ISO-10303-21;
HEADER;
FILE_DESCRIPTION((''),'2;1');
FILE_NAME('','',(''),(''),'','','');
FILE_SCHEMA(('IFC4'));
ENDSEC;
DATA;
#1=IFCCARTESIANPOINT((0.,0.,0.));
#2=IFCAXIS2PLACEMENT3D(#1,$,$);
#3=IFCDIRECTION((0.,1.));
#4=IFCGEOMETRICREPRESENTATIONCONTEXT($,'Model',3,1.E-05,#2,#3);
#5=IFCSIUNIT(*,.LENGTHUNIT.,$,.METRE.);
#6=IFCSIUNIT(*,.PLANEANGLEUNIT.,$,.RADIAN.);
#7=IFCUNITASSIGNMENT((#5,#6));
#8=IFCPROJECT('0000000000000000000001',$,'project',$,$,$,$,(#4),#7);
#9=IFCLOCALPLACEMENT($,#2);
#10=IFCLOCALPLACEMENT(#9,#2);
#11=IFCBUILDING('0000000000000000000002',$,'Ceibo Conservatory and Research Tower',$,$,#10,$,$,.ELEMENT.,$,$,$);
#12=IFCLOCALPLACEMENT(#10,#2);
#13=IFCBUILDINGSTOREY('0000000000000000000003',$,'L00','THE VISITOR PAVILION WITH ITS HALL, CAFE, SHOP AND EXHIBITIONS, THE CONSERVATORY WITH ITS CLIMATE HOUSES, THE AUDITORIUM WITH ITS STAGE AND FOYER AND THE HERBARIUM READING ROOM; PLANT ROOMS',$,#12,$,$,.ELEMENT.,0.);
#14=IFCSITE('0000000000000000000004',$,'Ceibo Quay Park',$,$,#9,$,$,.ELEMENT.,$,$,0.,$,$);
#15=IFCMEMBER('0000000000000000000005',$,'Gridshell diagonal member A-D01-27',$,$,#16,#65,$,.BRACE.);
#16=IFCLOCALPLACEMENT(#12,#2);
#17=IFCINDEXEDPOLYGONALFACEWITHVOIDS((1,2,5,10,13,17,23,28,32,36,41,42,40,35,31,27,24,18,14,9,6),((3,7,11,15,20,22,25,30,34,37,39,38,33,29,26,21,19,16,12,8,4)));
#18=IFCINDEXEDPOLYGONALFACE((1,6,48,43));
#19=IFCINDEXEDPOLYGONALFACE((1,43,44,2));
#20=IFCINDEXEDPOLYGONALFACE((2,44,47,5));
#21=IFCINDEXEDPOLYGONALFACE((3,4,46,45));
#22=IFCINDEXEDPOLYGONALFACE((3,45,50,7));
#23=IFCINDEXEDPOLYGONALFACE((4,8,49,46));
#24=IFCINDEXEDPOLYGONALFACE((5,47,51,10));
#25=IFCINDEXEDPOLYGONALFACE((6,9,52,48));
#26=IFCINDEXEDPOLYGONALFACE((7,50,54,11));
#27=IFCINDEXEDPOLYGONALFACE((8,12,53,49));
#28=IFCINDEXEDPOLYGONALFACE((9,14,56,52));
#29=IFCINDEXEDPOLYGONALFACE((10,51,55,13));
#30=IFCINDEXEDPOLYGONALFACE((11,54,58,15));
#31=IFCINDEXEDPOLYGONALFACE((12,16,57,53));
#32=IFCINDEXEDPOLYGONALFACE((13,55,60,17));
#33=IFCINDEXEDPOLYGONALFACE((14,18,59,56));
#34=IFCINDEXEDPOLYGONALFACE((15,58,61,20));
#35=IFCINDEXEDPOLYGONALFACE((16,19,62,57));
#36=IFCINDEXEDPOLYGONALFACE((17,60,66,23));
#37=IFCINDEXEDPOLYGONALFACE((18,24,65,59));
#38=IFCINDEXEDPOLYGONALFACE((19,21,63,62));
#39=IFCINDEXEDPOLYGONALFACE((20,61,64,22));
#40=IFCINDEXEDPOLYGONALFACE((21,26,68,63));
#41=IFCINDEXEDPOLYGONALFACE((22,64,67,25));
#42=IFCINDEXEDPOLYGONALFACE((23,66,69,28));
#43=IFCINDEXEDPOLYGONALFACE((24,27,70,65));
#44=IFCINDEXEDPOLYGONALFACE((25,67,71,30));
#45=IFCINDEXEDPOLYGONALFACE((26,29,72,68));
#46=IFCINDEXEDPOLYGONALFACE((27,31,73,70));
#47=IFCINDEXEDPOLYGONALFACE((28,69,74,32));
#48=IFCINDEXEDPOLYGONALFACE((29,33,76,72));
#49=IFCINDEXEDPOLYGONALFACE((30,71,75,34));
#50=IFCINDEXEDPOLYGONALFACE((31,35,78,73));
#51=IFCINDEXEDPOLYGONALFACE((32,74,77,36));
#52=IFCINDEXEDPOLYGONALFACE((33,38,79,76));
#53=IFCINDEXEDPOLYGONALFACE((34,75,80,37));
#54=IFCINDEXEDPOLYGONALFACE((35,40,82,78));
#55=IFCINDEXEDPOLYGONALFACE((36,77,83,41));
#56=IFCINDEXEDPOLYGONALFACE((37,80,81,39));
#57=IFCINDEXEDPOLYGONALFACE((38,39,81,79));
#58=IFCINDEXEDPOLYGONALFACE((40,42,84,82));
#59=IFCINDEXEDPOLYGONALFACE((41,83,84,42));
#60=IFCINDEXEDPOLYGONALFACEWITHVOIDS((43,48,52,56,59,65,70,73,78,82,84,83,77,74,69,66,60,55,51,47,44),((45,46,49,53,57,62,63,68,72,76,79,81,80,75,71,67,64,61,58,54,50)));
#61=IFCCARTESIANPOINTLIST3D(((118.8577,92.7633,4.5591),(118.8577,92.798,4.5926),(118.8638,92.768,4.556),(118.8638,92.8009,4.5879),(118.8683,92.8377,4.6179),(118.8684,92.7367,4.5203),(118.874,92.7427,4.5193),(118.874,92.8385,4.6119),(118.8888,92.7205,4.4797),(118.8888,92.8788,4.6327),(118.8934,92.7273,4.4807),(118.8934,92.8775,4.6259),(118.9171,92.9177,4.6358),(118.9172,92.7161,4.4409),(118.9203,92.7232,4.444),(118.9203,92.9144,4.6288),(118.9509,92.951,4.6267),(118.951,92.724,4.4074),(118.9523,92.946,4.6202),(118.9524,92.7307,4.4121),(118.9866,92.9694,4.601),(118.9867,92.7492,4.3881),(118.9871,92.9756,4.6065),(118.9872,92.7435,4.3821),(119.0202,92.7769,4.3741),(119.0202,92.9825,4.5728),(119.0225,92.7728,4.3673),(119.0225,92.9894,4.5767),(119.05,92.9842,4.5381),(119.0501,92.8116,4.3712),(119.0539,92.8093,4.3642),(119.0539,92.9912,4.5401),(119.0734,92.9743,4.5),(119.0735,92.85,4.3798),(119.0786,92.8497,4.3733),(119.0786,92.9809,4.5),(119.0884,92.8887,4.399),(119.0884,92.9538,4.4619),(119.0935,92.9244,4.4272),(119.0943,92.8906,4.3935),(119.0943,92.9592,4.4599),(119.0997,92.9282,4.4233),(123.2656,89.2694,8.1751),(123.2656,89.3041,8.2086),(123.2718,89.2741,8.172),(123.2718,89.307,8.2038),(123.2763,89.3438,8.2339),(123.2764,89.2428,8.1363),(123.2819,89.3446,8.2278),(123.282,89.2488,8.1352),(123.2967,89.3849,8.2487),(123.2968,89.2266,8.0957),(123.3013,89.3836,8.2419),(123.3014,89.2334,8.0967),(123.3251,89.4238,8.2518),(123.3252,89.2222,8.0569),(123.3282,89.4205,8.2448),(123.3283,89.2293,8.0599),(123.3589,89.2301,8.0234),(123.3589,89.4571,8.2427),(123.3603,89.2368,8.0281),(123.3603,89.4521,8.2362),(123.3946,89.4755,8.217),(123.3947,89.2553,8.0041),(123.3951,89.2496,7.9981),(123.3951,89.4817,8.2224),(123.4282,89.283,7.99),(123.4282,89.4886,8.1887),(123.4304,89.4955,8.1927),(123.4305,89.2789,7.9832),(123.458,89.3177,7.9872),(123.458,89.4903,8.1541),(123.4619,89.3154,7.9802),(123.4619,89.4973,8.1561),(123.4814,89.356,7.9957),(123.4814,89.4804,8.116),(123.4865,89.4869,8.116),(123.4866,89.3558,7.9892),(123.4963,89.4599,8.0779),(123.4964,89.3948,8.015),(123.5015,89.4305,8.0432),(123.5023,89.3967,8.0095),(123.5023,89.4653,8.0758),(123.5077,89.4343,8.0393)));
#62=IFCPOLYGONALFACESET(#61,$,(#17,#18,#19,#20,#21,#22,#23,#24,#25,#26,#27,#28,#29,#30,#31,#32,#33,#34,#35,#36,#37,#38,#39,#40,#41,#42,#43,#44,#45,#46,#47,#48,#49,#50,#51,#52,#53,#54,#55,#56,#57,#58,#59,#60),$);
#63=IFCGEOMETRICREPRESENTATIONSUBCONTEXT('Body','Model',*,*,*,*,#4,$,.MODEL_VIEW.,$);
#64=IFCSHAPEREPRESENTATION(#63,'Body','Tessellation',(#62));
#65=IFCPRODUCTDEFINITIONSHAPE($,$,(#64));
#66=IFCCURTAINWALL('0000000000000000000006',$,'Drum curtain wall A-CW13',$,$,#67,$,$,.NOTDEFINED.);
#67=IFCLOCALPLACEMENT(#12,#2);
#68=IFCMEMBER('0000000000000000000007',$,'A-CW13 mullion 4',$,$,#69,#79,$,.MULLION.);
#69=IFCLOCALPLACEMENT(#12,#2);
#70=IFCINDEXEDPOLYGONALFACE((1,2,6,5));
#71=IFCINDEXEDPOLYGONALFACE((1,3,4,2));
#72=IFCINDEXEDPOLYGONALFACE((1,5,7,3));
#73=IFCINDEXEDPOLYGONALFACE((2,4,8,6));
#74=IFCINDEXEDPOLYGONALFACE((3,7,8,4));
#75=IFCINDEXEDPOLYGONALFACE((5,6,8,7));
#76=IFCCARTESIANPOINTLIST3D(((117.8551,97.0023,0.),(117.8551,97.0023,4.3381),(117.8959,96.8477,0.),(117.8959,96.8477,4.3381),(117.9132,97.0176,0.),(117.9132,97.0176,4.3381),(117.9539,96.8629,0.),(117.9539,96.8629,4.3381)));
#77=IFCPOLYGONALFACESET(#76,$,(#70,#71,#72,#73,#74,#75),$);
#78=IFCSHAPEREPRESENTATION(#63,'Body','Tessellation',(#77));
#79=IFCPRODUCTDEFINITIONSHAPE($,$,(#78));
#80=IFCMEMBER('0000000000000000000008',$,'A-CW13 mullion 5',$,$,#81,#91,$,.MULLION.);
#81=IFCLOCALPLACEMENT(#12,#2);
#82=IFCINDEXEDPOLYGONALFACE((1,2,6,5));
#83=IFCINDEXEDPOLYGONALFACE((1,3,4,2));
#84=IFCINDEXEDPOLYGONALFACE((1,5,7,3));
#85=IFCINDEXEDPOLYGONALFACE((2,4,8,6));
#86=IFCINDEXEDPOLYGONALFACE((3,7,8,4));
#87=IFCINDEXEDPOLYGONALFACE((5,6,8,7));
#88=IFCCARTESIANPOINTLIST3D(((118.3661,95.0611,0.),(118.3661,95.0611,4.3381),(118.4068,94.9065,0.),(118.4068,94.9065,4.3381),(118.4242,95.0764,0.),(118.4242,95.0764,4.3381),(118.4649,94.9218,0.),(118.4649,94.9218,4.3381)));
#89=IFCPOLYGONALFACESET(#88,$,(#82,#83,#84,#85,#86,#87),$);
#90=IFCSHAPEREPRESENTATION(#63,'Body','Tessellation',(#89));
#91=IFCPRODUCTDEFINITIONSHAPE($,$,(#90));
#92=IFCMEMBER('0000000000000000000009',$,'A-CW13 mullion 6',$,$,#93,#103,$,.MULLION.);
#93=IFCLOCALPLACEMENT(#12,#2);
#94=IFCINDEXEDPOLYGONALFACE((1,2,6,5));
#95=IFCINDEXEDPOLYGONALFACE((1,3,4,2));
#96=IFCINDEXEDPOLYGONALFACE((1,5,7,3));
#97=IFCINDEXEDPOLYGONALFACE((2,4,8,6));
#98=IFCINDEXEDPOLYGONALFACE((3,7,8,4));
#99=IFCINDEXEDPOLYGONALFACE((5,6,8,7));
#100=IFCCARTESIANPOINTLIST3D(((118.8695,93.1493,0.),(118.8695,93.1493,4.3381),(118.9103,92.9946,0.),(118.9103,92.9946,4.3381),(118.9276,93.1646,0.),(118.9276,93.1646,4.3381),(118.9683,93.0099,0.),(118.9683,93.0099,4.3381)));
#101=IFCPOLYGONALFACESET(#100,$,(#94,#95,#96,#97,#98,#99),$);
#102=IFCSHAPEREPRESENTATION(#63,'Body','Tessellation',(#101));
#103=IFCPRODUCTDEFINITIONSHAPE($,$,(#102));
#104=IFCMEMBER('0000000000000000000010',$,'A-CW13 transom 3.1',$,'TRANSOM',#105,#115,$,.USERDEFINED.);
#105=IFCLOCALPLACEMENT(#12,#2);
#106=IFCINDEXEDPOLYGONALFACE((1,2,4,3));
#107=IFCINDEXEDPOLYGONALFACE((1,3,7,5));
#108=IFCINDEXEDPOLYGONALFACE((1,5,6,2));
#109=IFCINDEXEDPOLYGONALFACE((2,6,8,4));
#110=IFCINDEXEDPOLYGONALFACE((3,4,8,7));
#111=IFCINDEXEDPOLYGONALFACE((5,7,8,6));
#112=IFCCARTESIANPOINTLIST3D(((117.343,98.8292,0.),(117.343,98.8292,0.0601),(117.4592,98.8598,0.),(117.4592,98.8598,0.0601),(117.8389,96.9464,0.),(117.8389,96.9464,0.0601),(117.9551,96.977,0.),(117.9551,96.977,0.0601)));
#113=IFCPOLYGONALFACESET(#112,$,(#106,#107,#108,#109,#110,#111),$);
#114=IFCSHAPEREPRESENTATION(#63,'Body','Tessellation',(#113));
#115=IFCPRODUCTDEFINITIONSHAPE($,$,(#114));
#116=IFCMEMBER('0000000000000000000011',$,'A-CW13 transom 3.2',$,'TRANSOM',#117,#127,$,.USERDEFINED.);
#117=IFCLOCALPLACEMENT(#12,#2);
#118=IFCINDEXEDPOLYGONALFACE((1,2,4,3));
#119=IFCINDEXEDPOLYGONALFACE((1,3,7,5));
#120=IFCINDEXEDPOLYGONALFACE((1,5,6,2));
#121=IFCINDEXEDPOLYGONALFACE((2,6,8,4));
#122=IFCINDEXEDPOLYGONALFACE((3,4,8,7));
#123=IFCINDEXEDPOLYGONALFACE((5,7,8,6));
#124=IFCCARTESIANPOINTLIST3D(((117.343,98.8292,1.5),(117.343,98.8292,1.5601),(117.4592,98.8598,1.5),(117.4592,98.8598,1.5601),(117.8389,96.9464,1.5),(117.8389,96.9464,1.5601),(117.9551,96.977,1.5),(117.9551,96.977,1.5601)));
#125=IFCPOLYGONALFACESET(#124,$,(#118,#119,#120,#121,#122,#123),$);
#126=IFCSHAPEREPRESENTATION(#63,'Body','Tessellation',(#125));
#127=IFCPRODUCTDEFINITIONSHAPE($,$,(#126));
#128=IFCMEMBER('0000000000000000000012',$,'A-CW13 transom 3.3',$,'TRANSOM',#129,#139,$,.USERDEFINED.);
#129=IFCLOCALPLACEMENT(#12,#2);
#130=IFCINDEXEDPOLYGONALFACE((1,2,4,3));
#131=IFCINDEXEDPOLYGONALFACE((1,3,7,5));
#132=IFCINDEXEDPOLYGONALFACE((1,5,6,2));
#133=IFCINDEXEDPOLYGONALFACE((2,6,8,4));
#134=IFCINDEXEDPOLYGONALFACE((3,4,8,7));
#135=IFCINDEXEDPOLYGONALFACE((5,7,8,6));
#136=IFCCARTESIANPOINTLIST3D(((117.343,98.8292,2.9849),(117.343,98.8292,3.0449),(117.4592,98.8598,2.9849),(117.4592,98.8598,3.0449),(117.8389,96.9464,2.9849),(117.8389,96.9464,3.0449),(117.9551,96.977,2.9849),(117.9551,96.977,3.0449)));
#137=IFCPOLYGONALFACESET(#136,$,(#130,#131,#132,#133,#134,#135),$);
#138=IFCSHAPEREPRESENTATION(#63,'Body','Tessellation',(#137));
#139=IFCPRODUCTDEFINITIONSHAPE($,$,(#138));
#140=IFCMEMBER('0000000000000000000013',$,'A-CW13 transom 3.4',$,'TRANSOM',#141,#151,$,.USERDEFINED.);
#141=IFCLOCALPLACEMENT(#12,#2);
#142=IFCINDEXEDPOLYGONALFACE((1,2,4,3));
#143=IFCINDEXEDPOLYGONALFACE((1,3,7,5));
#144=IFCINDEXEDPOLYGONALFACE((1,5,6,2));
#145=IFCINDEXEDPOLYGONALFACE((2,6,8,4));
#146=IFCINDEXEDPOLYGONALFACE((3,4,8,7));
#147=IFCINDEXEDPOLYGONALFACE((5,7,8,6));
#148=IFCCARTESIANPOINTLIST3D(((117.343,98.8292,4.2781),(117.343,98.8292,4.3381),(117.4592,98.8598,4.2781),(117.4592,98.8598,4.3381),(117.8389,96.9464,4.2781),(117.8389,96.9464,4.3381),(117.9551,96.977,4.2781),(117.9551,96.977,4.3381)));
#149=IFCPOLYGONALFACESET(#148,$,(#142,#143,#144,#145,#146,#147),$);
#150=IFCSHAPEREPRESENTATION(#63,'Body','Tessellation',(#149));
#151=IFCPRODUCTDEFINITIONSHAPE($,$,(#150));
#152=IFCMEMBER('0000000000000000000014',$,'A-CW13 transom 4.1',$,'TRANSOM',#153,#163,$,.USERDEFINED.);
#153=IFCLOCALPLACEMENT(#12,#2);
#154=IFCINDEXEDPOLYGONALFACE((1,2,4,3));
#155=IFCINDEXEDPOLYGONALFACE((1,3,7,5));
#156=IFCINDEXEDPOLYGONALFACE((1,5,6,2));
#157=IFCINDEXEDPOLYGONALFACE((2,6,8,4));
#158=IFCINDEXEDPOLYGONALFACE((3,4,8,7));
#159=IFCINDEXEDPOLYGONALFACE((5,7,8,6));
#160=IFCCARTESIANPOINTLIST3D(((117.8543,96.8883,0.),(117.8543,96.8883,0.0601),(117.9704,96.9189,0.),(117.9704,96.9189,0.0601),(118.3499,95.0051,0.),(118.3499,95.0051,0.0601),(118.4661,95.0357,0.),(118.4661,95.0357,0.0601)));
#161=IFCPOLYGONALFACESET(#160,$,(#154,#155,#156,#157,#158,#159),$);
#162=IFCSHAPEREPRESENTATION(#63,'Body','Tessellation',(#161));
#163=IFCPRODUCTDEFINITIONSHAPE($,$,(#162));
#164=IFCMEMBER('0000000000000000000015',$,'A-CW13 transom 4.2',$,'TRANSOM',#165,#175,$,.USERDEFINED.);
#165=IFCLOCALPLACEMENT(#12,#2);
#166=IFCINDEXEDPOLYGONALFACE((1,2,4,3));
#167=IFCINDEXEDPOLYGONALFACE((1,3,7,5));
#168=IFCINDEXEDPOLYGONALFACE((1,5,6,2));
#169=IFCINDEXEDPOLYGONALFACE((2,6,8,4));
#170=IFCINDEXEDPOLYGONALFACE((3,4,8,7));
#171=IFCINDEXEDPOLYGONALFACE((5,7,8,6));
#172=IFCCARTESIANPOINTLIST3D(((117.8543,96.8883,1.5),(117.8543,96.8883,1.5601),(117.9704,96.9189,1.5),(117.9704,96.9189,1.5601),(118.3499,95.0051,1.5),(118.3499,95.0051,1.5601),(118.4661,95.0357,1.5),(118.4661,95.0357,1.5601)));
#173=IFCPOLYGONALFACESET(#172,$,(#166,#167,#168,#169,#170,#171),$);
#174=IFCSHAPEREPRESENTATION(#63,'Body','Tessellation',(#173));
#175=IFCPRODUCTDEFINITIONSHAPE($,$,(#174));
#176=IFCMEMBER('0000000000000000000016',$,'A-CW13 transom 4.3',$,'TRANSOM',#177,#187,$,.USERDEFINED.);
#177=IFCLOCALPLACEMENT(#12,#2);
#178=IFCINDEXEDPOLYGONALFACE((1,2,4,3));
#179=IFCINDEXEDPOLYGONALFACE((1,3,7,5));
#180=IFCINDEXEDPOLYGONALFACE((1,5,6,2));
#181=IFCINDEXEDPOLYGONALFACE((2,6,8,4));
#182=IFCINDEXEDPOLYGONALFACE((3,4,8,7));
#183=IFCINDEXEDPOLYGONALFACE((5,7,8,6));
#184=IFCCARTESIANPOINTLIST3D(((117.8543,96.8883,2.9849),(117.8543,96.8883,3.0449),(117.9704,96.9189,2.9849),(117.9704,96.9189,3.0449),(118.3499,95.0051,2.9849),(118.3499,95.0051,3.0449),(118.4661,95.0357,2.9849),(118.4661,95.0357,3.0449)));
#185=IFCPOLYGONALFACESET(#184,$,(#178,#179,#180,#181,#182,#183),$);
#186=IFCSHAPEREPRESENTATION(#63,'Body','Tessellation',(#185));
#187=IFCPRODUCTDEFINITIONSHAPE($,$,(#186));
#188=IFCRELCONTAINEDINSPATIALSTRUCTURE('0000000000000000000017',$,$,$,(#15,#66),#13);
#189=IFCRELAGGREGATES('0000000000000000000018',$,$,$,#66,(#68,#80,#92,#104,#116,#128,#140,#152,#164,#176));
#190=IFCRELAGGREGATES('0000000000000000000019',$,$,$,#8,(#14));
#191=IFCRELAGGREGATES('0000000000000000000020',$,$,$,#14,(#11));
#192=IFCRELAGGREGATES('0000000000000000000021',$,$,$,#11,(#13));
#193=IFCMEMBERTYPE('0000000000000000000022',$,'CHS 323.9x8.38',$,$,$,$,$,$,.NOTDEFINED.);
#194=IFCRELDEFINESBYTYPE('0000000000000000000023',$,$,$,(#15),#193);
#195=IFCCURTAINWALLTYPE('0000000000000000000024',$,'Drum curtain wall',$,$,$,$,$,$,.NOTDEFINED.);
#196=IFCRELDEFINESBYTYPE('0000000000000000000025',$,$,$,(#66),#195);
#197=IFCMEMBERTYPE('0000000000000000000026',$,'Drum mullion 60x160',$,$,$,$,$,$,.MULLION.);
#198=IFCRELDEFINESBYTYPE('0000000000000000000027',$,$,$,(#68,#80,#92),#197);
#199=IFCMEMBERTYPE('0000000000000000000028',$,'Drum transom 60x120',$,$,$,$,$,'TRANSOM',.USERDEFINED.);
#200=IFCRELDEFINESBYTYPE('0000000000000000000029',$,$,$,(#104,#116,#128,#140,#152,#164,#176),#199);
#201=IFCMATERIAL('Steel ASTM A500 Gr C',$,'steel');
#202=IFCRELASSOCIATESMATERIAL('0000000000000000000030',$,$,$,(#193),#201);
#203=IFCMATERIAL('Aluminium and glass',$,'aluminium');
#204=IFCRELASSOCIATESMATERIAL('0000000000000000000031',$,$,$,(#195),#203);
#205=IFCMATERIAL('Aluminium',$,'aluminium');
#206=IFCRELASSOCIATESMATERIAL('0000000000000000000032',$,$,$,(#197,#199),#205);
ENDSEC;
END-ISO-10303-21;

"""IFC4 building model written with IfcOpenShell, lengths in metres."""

from ifc_helpers import new_model, si_unit, direction, frame, origin, origin_2d, place, context, subcontext, project, spatial, rectangle, hollow_circle, extrude, material, material_profile, profile_set, type_object, element, aggregate, save


model = new_model("IFC4")

# Units and contexts
model_context = context("Model", 3, precision=1e-05, world=origin(), true_north=direction((0.0, 1.0)))
body_context = subcontext(model_context, "Body", "Model", "MODEL_VIEW")
ifc_project = project(units=[si_unit("LENGTHUNIT", "METRE"), si_unit("PLANEANGLEUNIT", "RADIAN")], contexts=[model_context])

# Site, building, storey
site_placement = place(None, origin())
site = spatial("IfcSite", under=ifc_project, at=site_placement, Name="Ceibo Quay Park", CompositionType="ELEMENT", RefElevation=0.0)
building_placement = place(site_placement, origin())
building = spatial("IfcBuilding", under=site, at=building_placement, Name="Ceibo Conservatory and Research Tower", CompositionType="ELEMENT")
storey_placement = place(building_placement, origin())
storey = spatial("IfcBuildingStorey", under=building, at=storey_placement, Name="L00", Description="THE VISITOR PAVILION WITH ITS HALL, CAFE, SHOP AND EXHIBITIONS, THE CONSERVATORY WITH ITS CLIMATE HOUSES, THE AUDITORIUM WITH ITS STAGE AND FOYER AND THE HERBARIUM READING ROOM; PLANT ROOMS", CompositionType="ELEMENT", Elevation=0.0)

# Shared definitions
ifc_material_1 = material(Name="Steel ASTM A500 Gr C", Category="steel")

# Member
ifc_material_profile_1 = material_profile(ifc_material_1, hollow_circle(Radius=0.1619, WallThickness=0.0083, at=origin_2d()), Name="CHS 323.9x8.38")
ifc_profile_set_1 = profile_set([ifc_material_profile_1], Name="Steel ASTM A500 Gr C")
member_type_1 = type_object("IfcMemberType", Name="CHS 323.9x8.38", PredefinedType="NOTDEFINED", material=ifc_profile_set_1)
member_1_placement = place(storey_placement, frame((118.978, 92.854, 4.5), z_axis=(0.659208, -0.52251, 0.540766), x_axis=(0.621169, 0.783677, 0.0)))
element("IfcMember", 1, at=member_1_placement, inside=storey, type_object=member_type_1, Name="Gridshell diagonal member A-D01-27", PredefinedType="BRACE", context=body_context, shape_type="SweptSolid", body=[
    extrude(hollow_circle(Radius=0.1619, WallThickness=0.0083, at=origin_2d()), origin(), (0.0, 0.0, 1.0), 6.6868),
])

# Curtain wall, members
ifc_material_2 = material(Name="Aluminium and glass", Category="aluminium")
curtain_wall_type = type_object("IfcCurtainWallType", Name="Drum curtain wall", PredefinedType="NOTDEFINED", material=ifc_material_2)
curtain_wall_placement = place(storey_placement, origin())
curtain_wall = element("IfcCurtainWall", 2, at=curtain_wall_placement, inside=storey, type_object=curtain_wall_type, Name="Drum curtain wall A-CW13", PredefinedType="NOTDEFINED")
ifc_material_3 = material(Name="Aluminium", Category="aluminium")
ifc_material_profile_2 = material_profile(ifc_material_3, rectangle(XDim=0.0601, YDim=0.1599, at=origin_2d()), Name="AL 60x160")
ifc_profile_set_2 = profile_set([ifc_material_profile_2], Name="Aluminium")
member_type_2 = type_object("IfcMemberType", Name="Drum mullion 60x160", PredefinedType="MULLION", material=ifc_profile_set_2)
member_2_placement = place(storey_placement, frame((117.9045, 96.9326, 0.0), z_axis=(0.0, 0.0, 1.0), x_axis=(0.967046, 0.254602, 0.0)))
member_2 = element("IfcMember", 3, at=member_2_placement, type_object=member_type_2, Name="A-CW13 mullion 4", PredefinedType="MULLION", context=body_context, shape_type="SweptSolid", body=[
    extrude(rectangle(XDim=0.0601, YDim=0.1599, at=origin_2d()), origin(), (0.0, 0.0, 1.0), 4.3381),
])
member_3_placement = place(storey_placement, frame((118.4155, 94.9915, 0.0), z_axis=(0.0, 0.0, 1.0), x_axis=(0.967046, 0.254602, 0.0)))
member_3 = element("IfcMember", 4, at=member_3_placement, type_object=member_type_2, Name="A-CW13 mullion 5", PredefinedType="MULLION", context=body_context, shape_type="SweptSolid", body=[
    extrude(rectangle(XDim=0.0601, YDim=0.1599, at=origin_2d()), origin(), (0.0, 0.0, 1.0), 4.3381),
])
member_4_placement = place(storey_placement, frame((118.9189, 93.0796, 0.0), z_axis=(0.0, 0.0, 1.0), x_axis=(0.967046, 0.254602, 0.0)))
member_4 = element("IfcMember", 5, at=member_4_placement, type_object=member_type_2, Name="A-CW13 mullion 6", PredefinedType="MULLION", context=body_context, shape_type="SweptSolid", body=[
    extrude(rectangle(XDim=0.0601, YDim=0.1599, at=origin_2d()), origin(), (0.0, 0.0, 1.0), 4.3381),
])
ifc_material_profile_3 = material_profile(ifc_material_3, rectangle(XDim=0.1201, YDim=0.0601, at=origin_2d()), Name="AL 60x120")
ifc_profile_set_3 = profile_set([ifc_material_profile_3], Name="Aluminium")
member_type_3 = type_object("IfcMemberType", Name="Drum transom 60x120", ElementType="TRANSOM", PredefinedType="USERDEFINED", material=ifc_profile_set_3)
member_5_placement = place(storey_placement, frame((117.4011, 98.8445, 0.03), z_axis=(0.254672, -0.967027, 0.0), x_axis=(0.967027, 0.254672, 0.0)))
member_5 = element("IfcMember", 6, at=member_5_placement, type_object=member_type_3, Name="A-CW13 transom 3.1", ObjectType="TRANSOM", PredefinedType="USERDEFINED", context=body_context, shape_type="SweptSolid", body=[
    extrude(rectangle(XDim=0.1201, YDim=0.0601, at=origin_2d()), origin(), (0.0, 0.0, 1.0), 1.947),
])
member_6_placement = place(storey_placement, frame((117.4011, 98.8445, 1.53), z_axis=(0.254672, -0.967027, 0.0), x_axis=(0.967027, 0.254672, 0.0)))
member_6 = element("IfcMember", 7, at=member_6_placement, type_object=member_type_3, Name="A-CW13 transom 3.2", ObjectType="TRANSOM", PredefinedType="USERDEFINED", context=body_context, shape_type="SweptSolid", body=[
    extrude(rectangle(XDim=0.1201, YDim=0.0601, at=origin_2d()), origin(), (0.0, 0.0, 1.0), 1.947),
])
member_7_placement = place(storey_placement, frame((117.4011, 98.8445, 3.0149), z_axis=(0.254672, -0.967027, 0.0), x_axis=(0.967027, 0.254672, 0.0)))
member_7 = element("IfcMember", 8, at=member_7_placement, type_object=member_type_3, Name="A-CW13 transom 3.3", ObjectType="TRANSOM", PredefinedType="USERDEFINED", context=body_context, shape_type="SweptSolid", body=[
    extrude(rectangle(XDim=0.1201, YDim=0.0601, at=origin_2d()), origin(), (0.0, 0.0, 1.0), 1.947),
])
member_8_placement = place(storey_placement, frame((117.4011, 98.8445, 4.3081), z_axis=(0.254672, -0.967027, 0.0), x_axis=(0.967027, 0.254672, 0.0)))
member_8 = element("IfcMember", 9, at=member_8_placement, type_object=member_type_3, Name="A-CW13 transom 3.4", ObjectType="TRANSOM", PredefinedType="USERDEFINED", context=body_context, shape_type="SweptSolid", body=[
    extrude(rectangle(XDim=0.1201, YDim=0.0601, at=origin_2d()), origin(), (0.0, 0.0, 1.0), 1.947),
])
member_9_placement = place(storey_placement, frame((117.9124, 96.9036, 0.03), z_axis=(0.254524, -0.967066, 0.0), x_axis=(0.967066, 0.254524, 0.0)))
member_9 = element("IfcMember", 10, at=member_9_placement, type_object=member_type_3, Name="A-CW13 transom 4.1", ObjectType="TRANSOM", PredefinedType="USERDEFINED", context=body_context, shape_type="SweptSolid", body=[
    extrude(rectangle(XDim=0.1201, YDim=0.0601, at=origin_2d()), origin(), (0.0, 0.0, 1.0), 1.9473),
])
member_10_placement = place(storey_placement, frame((117.9124, 96.9036, 1.53), z_axis=(0.254524, -0.967066, 0.0), x_axis=(0.967066, 0.254524, 0.0)))
member_10 = element("IfcMember", 11, at=member_10_placement, type_object=member_type_3, Name="A-CW13 transom 4.2", ObjectType="TRANSOM", PredefinedType="USERDEFINED", context=body_context, shape_type="SweptSolid", body=[
    extrude(rectangle(XDim=0.1201, YDim=0.0601, at=origin_2d()), origin(), (0.0, 0.0, 1.0), 1.9473),
])
member_11_placement = place(storey_placement, frame((117.9124, 96.9036, 3.0149), z_axis=(0.254524, -0.967066, 0.0), x_axis=(0.967066, 0.254524, 0.0)))
member_11 = element("IfcMember", 12, at=member_11_placement, type_object=member_type_3, Name="A-CW13 transom 4.3", ObjectType="TRANSOM", PredefinedType="USERDEFINED", context=body_context, shape_type="SweptSolid", body=[
    extrude(rectangle(XDim=0.1201, YDim=0.0601, at=origin_2d()), origin(), (0.0, 0.0, 1.0), 1.9473),
])

aggregate(curtain_wall, [member_2, member_3, member_4, member_5, member_6, member_7, member_8, member_9, member_10, member_11])

save(model, "model.ifc")
